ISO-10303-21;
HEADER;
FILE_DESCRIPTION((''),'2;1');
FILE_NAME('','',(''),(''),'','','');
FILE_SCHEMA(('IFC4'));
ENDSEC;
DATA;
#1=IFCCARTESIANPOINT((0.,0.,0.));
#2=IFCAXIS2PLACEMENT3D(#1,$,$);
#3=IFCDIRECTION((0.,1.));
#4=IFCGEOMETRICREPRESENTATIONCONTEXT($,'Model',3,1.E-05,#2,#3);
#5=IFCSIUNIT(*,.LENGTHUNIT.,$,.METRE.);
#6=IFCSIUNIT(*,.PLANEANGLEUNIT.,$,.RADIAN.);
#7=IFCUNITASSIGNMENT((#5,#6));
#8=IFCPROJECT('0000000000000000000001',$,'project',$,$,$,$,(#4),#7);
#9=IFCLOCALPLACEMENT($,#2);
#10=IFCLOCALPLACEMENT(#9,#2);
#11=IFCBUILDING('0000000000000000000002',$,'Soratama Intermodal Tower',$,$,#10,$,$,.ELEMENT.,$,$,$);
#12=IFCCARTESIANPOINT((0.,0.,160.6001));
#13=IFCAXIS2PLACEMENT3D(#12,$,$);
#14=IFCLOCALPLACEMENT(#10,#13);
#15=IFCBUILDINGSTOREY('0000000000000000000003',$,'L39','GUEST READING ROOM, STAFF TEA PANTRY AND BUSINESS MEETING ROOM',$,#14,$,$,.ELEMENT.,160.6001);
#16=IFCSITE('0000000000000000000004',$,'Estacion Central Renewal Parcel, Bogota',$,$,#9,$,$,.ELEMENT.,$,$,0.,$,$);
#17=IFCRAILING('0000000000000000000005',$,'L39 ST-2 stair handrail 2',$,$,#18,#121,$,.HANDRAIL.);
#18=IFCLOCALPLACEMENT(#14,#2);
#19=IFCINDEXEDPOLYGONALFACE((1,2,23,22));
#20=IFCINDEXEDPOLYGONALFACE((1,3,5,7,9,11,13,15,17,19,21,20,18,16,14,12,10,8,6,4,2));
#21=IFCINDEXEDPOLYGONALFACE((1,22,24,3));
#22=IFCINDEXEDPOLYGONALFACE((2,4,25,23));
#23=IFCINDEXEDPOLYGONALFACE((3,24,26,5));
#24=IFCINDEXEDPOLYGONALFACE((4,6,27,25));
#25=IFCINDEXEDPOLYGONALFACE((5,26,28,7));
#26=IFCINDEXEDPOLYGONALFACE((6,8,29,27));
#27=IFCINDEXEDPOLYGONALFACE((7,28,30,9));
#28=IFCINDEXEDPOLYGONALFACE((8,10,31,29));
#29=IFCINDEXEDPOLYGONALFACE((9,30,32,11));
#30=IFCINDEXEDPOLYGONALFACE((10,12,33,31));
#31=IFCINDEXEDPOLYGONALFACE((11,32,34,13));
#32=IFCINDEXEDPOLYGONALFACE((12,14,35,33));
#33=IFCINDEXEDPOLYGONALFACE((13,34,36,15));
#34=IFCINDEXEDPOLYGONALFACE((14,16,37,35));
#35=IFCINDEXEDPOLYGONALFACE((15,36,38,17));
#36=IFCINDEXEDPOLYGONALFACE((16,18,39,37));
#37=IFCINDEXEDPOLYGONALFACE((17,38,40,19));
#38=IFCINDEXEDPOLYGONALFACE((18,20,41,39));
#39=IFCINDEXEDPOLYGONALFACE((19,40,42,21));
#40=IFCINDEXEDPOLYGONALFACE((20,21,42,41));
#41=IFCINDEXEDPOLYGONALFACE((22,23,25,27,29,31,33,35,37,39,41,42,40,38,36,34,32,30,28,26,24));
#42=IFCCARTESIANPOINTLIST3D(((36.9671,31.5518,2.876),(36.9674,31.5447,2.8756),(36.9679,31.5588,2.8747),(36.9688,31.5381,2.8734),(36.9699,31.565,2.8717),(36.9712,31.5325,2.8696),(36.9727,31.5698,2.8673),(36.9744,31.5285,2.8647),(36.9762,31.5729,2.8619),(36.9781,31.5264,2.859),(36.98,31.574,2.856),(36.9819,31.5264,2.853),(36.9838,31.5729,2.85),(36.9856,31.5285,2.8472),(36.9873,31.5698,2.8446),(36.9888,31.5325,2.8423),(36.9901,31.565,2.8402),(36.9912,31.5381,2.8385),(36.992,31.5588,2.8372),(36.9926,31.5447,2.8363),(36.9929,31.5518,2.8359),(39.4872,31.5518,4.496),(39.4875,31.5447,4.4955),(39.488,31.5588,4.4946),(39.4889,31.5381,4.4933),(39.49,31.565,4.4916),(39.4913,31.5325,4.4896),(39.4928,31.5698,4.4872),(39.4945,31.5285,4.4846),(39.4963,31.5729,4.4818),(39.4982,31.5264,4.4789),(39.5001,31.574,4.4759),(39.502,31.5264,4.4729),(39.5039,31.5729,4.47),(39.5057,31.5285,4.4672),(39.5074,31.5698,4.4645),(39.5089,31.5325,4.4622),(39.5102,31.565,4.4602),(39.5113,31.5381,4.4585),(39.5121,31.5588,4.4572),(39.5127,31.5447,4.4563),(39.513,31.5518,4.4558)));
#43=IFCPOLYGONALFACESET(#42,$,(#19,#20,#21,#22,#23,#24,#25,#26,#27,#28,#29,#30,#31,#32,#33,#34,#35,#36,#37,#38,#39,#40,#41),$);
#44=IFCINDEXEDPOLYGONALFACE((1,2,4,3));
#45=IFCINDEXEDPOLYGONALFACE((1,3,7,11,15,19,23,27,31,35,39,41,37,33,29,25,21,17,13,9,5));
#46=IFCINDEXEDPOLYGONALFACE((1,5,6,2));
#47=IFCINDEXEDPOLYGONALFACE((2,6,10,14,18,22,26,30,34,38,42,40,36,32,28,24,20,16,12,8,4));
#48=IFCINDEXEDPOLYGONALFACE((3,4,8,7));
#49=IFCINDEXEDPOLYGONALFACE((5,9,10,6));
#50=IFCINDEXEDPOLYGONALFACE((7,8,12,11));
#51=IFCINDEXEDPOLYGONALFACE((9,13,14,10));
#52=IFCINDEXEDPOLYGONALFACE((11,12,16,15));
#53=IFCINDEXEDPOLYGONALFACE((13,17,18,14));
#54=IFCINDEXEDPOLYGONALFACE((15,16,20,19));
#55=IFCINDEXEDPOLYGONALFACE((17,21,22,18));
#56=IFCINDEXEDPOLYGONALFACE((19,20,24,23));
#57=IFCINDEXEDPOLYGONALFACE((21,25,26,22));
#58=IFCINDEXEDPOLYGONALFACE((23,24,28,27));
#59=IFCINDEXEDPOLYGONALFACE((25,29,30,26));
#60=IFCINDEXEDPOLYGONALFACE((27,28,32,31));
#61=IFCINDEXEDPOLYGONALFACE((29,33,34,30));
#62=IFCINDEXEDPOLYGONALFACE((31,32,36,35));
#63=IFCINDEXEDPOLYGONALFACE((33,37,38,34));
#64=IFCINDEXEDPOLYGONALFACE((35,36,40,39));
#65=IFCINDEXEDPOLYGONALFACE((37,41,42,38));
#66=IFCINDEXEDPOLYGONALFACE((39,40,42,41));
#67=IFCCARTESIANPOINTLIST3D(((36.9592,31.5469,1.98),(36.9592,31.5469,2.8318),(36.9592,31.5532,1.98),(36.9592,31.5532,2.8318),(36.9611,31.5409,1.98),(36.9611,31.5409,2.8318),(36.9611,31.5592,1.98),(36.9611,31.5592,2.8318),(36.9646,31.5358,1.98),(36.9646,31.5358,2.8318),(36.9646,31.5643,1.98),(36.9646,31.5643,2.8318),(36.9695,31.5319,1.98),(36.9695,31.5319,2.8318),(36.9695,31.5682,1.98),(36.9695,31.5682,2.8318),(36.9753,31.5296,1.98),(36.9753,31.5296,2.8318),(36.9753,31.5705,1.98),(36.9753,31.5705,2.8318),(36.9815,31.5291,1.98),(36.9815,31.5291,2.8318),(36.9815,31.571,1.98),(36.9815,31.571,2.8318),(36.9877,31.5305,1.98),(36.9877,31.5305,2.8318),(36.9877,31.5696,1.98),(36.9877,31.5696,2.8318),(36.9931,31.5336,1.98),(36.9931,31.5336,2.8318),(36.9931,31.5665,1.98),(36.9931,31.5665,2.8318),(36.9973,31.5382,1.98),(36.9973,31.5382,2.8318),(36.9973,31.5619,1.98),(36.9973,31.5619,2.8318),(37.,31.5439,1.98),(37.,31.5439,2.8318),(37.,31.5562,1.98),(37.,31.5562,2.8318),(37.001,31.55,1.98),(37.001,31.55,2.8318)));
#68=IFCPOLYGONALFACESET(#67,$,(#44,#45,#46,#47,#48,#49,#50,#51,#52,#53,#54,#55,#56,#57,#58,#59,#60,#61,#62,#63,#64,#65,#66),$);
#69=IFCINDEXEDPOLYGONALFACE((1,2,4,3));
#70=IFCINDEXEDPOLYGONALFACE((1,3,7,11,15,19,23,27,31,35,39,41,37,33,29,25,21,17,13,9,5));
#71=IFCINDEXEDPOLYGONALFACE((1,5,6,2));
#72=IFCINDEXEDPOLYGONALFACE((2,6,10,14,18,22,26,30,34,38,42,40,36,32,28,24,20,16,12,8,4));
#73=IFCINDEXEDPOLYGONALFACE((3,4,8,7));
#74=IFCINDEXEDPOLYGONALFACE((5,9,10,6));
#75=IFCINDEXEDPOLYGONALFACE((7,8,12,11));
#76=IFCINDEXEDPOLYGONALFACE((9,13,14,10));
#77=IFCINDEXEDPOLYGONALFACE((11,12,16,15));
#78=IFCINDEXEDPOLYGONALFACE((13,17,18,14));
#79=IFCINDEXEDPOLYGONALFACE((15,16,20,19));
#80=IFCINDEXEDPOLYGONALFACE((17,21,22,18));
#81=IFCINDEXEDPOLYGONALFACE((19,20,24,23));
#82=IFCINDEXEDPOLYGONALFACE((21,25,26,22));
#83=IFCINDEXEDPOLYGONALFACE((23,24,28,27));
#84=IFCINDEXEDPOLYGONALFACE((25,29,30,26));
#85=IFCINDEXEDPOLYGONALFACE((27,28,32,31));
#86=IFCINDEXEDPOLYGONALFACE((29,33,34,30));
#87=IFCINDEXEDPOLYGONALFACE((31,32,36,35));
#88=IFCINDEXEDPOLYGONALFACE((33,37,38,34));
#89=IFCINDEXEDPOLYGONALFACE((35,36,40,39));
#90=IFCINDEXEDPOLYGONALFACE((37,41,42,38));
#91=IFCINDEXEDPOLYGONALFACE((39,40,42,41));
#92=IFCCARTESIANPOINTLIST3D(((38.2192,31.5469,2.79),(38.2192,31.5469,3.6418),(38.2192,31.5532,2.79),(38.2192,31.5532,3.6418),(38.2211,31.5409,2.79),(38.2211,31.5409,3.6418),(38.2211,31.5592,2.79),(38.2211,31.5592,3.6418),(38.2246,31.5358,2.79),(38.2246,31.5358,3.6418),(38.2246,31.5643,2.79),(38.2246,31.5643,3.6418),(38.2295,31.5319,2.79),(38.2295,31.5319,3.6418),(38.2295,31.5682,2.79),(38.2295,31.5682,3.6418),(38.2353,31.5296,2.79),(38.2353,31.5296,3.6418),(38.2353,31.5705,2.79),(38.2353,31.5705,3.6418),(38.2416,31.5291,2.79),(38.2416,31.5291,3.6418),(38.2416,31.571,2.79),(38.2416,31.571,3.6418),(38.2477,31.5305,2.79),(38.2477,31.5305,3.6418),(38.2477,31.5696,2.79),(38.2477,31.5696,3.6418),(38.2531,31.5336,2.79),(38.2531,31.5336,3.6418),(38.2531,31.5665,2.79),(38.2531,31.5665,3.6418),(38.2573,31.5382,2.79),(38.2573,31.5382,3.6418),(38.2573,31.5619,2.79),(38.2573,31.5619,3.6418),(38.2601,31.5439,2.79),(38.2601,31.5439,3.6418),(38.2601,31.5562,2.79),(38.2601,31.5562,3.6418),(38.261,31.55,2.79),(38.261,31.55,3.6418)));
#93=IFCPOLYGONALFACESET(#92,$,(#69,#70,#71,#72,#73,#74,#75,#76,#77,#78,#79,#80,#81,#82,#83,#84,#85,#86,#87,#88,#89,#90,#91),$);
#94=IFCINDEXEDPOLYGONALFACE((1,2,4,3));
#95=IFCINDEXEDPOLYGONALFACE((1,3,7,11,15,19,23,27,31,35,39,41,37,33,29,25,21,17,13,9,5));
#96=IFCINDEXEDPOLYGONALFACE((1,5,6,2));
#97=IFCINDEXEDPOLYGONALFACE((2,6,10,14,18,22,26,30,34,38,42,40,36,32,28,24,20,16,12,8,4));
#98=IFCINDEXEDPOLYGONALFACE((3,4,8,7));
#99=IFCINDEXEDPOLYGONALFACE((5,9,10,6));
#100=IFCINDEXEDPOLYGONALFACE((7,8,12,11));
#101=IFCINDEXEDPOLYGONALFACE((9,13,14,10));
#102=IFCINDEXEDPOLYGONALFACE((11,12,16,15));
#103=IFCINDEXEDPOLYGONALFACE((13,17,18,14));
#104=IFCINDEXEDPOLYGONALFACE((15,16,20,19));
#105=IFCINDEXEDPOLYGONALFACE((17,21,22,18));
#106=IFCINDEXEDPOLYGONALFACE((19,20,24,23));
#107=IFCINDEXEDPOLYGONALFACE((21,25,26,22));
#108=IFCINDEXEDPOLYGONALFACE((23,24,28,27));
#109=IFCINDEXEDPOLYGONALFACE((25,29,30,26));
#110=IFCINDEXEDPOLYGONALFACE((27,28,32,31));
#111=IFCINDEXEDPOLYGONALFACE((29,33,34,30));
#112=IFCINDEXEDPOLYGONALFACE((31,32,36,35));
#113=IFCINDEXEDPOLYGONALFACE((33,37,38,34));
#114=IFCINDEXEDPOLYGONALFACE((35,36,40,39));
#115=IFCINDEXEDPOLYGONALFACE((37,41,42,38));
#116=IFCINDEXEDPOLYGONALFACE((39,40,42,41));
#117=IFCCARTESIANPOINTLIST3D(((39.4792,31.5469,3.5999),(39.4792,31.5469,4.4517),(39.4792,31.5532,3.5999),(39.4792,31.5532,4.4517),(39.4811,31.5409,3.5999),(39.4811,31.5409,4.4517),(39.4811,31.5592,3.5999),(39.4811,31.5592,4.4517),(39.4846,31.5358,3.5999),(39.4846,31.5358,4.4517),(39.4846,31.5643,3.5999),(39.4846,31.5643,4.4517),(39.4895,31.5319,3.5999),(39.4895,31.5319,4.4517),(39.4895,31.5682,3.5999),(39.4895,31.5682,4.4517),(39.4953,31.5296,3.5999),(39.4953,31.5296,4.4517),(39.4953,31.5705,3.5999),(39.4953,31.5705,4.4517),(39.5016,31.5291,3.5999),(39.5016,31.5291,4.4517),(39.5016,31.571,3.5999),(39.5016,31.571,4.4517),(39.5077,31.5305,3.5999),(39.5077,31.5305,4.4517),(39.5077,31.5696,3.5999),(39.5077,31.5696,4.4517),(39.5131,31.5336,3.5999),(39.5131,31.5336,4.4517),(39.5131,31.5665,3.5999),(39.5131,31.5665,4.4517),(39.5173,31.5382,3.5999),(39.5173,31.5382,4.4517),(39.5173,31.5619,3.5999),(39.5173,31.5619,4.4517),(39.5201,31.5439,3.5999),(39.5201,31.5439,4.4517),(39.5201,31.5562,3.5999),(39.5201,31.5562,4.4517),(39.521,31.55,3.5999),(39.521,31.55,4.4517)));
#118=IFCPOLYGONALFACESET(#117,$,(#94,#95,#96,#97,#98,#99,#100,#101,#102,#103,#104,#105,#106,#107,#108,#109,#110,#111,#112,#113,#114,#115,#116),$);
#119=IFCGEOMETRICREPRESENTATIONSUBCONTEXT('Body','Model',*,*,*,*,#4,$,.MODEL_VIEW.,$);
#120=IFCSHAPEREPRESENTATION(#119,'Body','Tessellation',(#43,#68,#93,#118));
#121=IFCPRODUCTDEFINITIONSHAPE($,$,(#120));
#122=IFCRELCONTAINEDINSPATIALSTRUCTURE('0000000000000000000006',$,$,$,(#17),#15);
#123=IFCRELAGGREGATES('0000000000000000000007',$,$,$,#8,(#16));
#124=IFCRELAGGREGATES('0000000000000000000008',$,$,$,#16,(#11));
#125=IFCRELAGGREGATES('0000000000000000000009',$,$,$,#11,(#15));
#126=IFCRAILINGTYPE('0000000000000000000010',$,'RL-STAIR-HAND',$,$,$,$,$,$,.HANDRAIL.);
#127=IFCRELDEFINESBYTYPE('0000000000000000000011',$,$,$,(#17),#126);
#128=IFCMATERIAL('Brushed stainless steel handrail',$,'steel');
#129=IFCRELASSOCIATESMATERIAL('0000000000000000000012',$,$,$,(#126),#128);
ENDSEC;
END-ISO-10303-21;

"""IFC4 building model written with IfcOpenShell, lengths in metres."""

from ifc_helpers import new_model, si_unit, direction, frame, origin, origin_2d, place, context, subcontext, project, spatial, circle, extrude, material, type_object, element, save


model = new_model("IFC4")

# Units and contexts
model_context = context("Model", 3, precision=1e-05, world=origin(), true_north=direction((0.0, 1.0)))
body_context = subcontext(model_context, "Body", "Model", "MODEL_VIEW")
ifc_project = project(units=[si_unit("LENGTHUNIT", "METRE"), si_unit("PLANEANGLEUNIT", "RADIAN")], contexts=[model_context])

# Site, building, storey
site_placement = place(None, origin())
site = spatial("IfcSite", under=ifc_project, at=site_placement, Name="Estacion Central Renewal Parcel, Bogota", CompositionType="ELEMENT", RefElevation=0.0)
building_placement = place(site_placement, origin())
building = spatial("IfcBuilding", under=site, at=building_placement, Name="Soratama Intermodal Tower", CompositionType="ELEMENT")
storey_placement = place(building_placement, frame((0.0, 0.0, 160.6001)))
storey = spatial("IfcBuildingStorey", under=building, at=storey_placement, Name="L39", Description="GUEST READING ROOM, STAFF TEA PANTRY AND BUSINESS MEETING ROOM", CompositionType="ELEMENT", Elevation=160.6001)

# Railing
ifc_material_1 = material(Name="Brushed stainless steel handrail", Category="steel")
railing_type_1 = type_object("IfcRailingType", Name="RL-STAIR-HAND", PredefinedType="HANDRAIL", material=ifc_material_1)
railing_1_placement = place(storey_placement, frame((36.98, 31.55, 1.98)))
element("IfcRailing", 1, at=railing_1_placement, inside=storey, type_object=railing_type_1, Name="L39 ST-2 stair handrail 2", PredefinedType="HANDRAIL", context=body_context, shape_type="SweptSolid", body=[
    extrude(circle(Radius=0.0239, at=origin_2d()), frame((0.0, 0.0, 0.876), z_axis=(0.8412, 0.0, 0.540725), x_axis=(0.0, 1.0, 0.0)), (0.0, 0.0, 1.0), 2.9958),
    extrude(circle(Radius=0.021, at=origin_2d()), origin(), (0.0, 0.0, 1.0), 0.8518),
    extrude(circle(Radius=0.021, at=origin_2d()), frame((1.26, 0.0, 0.8101)), (0.0, 0.0, 1.0), 0.8518),
    extrude(circle(Radius=0.021, at=origin_2d()), frame((2.52, 0.0, 1.6199)), (0.0, 0.0, 1.0), 0.8518),
])

save(model, "model.ifc")
